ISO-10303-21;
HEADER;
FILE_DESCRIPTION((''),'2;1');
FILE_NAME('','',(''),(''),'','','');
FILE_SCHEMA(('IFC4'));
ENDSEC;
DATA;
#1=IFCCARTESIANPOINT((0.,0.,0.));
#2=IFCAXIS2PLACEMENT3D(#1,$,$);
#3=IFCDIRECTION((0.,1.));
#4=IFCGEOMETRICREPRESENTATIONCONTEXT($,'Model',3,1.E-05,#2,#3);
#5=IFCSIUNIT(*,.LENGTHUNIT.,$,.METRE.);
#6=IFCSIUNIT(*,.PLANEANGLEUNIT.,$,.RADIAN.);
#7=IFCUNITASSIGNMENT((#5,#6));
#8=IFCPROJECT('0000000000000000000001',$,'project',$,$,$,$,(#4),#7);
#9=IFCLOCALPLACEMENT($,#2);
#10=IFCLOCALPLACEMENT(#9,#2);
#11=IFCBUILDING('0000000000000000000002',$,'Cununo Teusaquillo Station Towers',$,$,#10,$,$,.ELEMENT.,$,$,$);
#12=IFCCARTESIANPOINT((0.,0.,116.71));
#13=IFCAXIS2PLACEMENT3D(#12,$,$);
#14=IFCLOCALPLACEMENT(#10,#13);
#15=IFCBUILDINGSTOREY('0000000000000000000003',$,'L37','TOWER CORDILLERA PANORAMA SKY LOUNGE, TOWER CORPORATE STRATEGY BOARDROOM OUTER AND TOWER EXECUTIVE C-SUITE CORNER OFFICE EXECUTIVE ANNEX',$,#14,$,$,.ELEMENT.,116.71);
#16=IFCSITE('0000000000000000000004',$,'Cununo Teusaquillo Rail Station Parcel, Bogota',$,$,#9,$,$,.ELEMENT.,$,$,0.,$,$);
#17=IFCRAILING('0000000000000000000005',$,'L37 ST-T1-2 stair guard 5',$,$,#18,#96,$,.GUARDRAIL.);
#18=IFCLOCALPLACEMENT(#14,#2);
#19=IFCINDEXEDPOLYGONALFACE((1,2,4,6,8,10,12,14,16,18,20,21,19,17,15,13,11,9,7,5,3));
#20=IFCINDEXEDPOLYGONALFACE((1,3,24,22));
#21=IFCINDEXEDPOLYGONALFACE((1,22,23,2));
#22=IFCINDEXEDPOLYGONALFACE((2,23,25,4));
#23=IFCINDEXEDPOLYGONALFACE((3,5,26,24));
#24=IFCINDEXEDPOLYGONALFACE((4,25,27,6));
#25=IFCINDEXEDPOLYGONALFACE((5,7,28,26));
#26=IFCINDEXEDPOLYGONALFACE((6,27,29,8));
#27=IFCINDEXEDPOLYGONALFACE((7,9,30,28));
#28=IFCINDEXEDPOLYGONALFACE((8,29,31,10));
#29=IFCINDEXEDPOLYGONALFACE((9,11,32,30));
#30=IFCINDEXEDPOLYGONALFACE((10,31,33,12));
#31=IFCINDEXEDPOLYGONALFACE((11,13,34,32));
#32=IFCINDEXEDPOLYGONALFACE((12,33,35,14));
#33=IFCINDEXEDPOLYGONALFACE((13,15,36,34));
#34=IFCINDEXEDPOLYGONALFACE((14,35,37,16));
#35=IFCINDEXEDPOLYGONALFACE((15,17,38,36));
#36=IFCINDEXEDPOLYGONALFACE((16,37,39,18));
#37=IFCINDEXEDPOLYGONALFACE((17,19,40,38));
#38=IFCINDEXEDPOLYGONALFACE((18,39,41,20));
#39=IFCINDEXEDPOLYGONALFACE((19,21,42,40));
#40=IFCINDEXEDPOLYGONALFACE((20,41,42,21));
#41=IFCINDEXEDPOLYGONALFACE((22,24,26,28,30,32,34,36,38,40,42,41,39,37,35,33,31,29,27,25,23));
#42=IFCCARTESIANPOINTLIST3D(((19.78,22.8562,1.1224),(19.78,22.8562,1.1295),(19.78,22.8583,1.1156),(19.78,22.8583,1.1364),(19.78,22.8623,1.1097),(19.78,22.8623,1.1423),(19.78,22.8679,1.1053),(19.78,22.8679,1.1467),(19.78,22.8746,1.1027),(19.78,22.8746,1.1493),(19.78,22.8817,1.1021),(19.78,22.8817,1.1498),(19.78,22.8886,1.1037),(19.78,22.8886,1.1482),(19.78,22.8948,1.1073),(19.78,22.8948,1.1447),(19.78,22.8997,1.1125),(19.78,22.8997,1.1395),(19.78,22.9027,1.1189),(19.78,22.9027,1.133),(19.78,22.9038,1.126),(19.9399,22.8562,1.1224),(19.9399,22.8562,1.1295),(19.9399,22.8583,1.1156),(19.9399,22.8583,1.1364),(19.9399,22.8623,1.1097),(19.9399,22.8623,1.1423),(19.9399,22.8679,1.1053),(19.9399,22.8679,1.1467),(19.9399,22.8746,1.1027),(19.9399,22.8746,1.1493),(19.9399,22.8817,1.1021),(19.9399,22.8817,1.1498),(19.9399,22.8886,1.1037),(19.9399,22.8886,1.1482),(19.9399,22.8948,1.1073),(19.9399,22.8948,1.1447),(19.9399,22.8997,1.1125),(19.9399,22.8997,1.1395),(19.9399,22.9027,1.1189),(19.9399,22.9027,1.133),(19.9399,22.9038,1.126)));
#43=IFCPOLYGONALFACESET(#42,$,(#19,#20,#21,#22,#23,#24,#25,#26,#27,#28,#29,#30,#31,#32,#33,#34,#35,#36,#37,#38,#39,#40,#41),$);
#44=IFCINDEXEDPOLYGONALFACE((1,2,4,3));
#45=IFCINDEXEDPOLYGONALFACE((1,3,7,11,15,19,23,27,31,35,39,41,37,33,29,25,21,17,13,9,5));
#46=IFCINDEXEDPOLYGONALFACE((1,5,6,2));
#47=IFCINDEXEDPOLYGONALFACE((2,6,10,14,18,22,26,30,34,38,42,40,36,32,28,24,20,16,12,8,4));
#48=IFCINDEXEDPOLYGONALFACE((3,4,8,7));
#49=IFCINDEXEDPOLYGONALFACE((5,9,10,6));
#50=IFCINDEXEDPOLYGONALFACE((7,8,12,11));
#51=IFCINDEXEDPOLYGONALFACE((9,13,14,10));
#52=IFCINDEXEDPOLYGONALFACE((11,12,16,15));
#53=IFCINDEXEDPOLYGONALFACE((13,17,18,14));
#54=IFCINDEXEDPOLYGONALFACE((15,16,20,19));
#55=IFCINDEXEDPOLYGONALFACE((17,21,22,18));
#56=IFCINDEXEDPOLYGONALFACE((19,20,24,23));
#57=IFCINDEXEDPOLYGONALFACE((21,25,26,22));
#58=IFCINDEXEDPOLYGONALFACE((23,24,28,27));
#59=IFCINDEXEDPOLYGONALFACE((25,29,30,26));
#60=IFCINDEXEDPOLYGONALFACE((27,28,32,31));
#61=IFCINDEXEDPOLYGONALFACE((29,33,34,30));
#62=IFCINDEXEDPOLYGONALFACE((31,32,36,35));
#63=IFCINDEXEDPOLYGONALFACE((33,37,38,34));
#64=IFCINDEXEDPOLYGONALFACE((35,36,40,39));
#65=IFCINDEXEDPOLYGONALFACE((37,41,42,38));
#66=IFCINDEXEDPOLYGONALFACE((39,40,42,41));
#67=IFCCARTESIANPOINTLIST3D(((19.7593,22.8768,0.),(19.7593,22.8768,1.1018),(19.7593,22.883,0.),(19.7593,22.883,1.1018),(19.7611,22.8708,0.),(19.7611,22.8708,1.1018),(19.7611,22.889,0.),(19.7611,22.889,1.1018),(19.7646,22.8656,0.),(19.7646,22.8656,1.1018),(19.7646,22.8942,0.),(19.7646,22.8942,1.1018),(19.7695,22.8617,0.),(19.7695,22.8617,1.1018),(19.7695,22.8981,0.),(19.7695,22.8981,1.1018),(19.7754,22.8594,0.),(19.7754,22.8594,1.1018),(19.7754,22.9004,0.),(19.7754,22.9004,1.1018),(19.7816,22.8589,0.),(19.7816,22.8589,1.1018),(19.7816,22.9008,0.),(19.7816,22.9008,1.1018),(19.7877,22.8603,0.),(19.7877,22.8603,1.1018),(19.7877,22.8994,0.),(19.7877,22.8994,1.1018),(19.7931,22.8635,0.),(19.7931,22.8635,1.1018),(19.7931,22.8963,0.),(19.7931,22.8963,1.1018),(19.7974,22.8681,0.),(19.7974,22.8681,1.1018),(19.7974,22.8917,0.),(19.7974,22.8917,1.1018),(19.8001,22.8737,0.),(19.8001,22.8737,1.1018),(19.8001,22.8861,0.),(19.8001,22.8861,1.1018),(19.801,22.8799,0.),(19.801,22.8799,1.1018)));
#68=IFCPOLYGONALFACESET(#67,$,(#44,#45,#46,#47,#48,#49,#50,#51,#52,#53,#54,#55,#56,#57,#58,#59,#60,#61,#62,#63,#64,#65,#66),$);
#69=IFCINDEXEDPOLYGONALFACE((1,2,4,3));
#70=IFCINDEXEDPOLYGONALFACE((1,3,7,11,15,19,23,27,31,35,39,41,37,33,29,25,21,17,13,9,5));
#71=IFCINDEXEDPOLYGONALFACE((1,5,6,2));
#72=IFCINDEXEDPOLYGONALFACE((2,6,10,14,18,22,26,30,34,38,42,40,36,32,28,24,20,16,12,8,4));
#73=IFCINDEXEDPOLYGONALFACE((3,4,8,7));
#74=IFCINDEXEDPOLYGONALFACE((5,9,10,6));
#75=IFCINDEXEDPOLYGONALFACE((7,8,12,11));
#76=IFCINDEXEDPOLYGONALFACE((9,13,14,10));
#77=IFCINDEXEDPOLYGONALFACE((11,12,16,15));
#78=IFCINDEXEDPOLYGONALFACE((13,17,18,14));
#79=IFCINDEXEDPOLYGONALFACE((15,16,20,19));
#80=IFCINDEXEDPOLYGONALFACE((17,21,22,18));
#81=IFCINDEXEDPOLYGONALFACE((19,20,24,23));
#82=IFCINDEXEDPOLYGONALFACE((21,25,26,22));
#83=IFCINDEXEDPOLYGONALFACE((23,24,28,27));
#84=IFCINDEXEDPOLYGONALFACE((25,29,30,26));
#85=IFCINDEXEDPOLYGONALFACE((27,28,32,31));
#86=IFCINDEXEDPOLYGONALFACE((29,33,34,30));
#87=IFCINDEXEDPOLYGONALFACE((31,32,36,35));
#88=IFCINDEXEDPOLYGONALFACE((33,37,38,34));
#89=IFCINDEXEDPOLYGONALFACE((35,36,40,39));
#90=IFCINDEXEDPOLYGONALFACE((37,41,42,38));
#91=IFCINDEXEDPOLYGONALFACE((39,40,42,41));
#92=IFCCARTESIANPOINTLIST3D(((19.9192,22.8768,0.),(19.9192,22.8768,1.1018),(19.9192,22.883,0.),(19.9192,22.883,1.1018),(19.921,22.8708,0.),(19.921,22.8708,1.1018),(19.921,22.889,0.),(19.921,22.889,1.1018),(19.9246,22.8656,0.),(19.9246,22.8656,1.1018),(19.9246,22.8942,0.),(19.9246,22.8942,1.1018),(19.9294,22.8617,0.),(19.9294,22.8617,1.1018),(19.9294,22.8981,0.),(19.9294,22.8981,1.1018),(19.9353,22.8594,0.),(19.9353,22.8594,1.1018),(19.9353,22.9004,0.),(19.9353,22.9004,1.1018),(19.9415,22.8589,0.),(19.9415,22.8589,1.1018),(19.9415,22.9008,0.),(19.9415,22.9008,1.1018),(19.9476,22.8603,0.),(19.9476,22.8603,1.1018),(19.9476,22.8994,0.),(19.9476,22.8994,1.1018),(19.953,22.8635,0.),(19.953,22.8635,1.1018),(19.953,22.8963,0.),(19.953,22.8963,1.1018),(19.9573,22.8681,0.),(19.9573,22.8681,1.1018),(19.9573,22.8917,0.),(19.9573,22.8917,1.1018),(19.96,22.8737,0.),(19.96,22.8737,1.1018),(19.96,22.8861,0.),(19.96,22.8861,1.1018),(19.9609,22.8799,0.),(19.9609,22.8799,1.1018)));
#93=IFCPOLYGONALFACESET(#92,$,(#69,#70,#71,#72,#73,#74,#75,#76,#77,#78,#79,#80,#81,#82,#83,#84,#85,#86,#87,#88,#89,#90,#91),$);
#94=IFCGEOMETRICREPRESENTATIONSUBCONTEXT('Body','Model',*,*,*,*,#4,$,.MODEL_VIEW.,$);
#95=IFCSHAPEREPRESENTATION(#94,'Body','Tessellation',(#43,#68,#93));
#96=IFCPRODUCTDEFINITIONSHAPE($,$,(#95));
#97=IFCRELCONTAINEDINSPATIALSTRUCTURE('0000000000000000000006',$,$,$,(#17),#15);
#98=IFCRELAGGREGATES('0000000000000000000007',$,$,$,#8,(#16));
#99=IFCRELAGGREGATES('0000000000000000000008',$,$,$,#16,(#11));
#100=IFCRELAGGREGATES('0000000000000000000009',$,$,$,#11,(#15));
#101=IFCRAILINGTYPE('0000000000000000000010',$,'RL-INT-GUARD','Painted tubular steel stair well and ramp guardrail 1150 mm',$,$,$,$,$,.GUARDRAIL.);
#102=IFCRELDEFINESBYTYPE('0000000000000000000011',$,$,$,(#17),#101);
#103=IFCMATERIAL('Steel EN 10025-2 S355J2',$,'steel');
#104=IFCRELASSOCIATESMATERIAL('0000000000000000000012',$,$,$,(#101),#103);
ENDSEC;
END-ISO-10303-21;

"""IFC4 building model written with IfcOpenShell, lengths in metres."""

from ifc_helpers import new_model, si_unit, direction, frame, origin, origin_2d, place, context, subcontext, project, spatial, circle, extrude, material, type_object, element, save


model = new_model("IFC4")

# Units and contexts
model_context = context("Model", 3, precision=1e-05, world=origin(), true_north=direction((0.0, 1.0)))
body_context = subcontext(model_context, "Body", "Model", "MODEL_VIEW")
ifc_project = project(units=[si_unit("LENGTHUNIT", "METRE"), si_unit("PLANEANGLEUNIT", "RADIAN")], contexts=[model_context])

# Site, building, storey
site_placement = place(None, origin())
site = spatial("IfcSite", under=ifc_project, at=site_placement, Name="Cununo Teusaquillo Rail Station Parcel, Bogota", CompositionType="ELEMENT", RefElevation=0.0)
building_placement = place(site_placement, origin())
building = spatial("IfcBuilding", under=site, at=building_placement, Name="Cununo Teusaquillo Station Towers", CompositionType="ELEMENT")
storey_placement = place(building_placement, frame((0.0, 0.0, 116.71)))
storey = spatial("IfcBuildingStorey", under=building, at=storey_placement, Name="L37", Description="TOWER CORDILLERA PANORAMA SKY LOUNGE, TOWER CORPORATE STRATEGY BOARDROOM OUTER AND TOWER EXECUTIVE C-SUITE CORNER OFFICE EXECUTIVE ANNEX", CompositionType="ELEMENT", Elevation=116.71)

# Railing
ifc_material_1 = material(Name="Steel EN 10025-2 S355J2", Category="steel")
railing_type_1 = type_object("IfcRailingType", Name="RL-INT-GUARD", Description="Painted tubular steel stair well and ramp guardrail 1150 mm", PredefinedType="GUARDRAIL", material=ifc_material_1)
railing_1_placement = place(storey_placement, frame((19.78, 22.8799, 0.0)))
element("IfcRailing", 1, at=railing_1_placement, inside=storey, type_object=railing_type_1, Name="L37 ST-T1-2 stair guard 5", PredefinedType="GUARDRAIL", context=body_context, shape_type="SweptSolid", body=[
    extrude(circle(Radius=0.0239, at=origin_2d()), frame((0.0, 0.0, 1.126), z_axis=(1.0, 0.0, 0.0), x_axis=(0.0, 1.0, 0.0)), (0.0, 0.0, 1.0), 0.1599),
    extrude(circle(Radius=0.021, at=origin_2d()), origin(), (0.0, 0.0, 1.0), 1.1018),
    extrude(circle(Radius=0.021, at=origin_2d()), frame((0.1599, 0.0, 0.0)), (0.0, 0.0, 1.0), 1.1018),
])

save(model, "model.ifc")
